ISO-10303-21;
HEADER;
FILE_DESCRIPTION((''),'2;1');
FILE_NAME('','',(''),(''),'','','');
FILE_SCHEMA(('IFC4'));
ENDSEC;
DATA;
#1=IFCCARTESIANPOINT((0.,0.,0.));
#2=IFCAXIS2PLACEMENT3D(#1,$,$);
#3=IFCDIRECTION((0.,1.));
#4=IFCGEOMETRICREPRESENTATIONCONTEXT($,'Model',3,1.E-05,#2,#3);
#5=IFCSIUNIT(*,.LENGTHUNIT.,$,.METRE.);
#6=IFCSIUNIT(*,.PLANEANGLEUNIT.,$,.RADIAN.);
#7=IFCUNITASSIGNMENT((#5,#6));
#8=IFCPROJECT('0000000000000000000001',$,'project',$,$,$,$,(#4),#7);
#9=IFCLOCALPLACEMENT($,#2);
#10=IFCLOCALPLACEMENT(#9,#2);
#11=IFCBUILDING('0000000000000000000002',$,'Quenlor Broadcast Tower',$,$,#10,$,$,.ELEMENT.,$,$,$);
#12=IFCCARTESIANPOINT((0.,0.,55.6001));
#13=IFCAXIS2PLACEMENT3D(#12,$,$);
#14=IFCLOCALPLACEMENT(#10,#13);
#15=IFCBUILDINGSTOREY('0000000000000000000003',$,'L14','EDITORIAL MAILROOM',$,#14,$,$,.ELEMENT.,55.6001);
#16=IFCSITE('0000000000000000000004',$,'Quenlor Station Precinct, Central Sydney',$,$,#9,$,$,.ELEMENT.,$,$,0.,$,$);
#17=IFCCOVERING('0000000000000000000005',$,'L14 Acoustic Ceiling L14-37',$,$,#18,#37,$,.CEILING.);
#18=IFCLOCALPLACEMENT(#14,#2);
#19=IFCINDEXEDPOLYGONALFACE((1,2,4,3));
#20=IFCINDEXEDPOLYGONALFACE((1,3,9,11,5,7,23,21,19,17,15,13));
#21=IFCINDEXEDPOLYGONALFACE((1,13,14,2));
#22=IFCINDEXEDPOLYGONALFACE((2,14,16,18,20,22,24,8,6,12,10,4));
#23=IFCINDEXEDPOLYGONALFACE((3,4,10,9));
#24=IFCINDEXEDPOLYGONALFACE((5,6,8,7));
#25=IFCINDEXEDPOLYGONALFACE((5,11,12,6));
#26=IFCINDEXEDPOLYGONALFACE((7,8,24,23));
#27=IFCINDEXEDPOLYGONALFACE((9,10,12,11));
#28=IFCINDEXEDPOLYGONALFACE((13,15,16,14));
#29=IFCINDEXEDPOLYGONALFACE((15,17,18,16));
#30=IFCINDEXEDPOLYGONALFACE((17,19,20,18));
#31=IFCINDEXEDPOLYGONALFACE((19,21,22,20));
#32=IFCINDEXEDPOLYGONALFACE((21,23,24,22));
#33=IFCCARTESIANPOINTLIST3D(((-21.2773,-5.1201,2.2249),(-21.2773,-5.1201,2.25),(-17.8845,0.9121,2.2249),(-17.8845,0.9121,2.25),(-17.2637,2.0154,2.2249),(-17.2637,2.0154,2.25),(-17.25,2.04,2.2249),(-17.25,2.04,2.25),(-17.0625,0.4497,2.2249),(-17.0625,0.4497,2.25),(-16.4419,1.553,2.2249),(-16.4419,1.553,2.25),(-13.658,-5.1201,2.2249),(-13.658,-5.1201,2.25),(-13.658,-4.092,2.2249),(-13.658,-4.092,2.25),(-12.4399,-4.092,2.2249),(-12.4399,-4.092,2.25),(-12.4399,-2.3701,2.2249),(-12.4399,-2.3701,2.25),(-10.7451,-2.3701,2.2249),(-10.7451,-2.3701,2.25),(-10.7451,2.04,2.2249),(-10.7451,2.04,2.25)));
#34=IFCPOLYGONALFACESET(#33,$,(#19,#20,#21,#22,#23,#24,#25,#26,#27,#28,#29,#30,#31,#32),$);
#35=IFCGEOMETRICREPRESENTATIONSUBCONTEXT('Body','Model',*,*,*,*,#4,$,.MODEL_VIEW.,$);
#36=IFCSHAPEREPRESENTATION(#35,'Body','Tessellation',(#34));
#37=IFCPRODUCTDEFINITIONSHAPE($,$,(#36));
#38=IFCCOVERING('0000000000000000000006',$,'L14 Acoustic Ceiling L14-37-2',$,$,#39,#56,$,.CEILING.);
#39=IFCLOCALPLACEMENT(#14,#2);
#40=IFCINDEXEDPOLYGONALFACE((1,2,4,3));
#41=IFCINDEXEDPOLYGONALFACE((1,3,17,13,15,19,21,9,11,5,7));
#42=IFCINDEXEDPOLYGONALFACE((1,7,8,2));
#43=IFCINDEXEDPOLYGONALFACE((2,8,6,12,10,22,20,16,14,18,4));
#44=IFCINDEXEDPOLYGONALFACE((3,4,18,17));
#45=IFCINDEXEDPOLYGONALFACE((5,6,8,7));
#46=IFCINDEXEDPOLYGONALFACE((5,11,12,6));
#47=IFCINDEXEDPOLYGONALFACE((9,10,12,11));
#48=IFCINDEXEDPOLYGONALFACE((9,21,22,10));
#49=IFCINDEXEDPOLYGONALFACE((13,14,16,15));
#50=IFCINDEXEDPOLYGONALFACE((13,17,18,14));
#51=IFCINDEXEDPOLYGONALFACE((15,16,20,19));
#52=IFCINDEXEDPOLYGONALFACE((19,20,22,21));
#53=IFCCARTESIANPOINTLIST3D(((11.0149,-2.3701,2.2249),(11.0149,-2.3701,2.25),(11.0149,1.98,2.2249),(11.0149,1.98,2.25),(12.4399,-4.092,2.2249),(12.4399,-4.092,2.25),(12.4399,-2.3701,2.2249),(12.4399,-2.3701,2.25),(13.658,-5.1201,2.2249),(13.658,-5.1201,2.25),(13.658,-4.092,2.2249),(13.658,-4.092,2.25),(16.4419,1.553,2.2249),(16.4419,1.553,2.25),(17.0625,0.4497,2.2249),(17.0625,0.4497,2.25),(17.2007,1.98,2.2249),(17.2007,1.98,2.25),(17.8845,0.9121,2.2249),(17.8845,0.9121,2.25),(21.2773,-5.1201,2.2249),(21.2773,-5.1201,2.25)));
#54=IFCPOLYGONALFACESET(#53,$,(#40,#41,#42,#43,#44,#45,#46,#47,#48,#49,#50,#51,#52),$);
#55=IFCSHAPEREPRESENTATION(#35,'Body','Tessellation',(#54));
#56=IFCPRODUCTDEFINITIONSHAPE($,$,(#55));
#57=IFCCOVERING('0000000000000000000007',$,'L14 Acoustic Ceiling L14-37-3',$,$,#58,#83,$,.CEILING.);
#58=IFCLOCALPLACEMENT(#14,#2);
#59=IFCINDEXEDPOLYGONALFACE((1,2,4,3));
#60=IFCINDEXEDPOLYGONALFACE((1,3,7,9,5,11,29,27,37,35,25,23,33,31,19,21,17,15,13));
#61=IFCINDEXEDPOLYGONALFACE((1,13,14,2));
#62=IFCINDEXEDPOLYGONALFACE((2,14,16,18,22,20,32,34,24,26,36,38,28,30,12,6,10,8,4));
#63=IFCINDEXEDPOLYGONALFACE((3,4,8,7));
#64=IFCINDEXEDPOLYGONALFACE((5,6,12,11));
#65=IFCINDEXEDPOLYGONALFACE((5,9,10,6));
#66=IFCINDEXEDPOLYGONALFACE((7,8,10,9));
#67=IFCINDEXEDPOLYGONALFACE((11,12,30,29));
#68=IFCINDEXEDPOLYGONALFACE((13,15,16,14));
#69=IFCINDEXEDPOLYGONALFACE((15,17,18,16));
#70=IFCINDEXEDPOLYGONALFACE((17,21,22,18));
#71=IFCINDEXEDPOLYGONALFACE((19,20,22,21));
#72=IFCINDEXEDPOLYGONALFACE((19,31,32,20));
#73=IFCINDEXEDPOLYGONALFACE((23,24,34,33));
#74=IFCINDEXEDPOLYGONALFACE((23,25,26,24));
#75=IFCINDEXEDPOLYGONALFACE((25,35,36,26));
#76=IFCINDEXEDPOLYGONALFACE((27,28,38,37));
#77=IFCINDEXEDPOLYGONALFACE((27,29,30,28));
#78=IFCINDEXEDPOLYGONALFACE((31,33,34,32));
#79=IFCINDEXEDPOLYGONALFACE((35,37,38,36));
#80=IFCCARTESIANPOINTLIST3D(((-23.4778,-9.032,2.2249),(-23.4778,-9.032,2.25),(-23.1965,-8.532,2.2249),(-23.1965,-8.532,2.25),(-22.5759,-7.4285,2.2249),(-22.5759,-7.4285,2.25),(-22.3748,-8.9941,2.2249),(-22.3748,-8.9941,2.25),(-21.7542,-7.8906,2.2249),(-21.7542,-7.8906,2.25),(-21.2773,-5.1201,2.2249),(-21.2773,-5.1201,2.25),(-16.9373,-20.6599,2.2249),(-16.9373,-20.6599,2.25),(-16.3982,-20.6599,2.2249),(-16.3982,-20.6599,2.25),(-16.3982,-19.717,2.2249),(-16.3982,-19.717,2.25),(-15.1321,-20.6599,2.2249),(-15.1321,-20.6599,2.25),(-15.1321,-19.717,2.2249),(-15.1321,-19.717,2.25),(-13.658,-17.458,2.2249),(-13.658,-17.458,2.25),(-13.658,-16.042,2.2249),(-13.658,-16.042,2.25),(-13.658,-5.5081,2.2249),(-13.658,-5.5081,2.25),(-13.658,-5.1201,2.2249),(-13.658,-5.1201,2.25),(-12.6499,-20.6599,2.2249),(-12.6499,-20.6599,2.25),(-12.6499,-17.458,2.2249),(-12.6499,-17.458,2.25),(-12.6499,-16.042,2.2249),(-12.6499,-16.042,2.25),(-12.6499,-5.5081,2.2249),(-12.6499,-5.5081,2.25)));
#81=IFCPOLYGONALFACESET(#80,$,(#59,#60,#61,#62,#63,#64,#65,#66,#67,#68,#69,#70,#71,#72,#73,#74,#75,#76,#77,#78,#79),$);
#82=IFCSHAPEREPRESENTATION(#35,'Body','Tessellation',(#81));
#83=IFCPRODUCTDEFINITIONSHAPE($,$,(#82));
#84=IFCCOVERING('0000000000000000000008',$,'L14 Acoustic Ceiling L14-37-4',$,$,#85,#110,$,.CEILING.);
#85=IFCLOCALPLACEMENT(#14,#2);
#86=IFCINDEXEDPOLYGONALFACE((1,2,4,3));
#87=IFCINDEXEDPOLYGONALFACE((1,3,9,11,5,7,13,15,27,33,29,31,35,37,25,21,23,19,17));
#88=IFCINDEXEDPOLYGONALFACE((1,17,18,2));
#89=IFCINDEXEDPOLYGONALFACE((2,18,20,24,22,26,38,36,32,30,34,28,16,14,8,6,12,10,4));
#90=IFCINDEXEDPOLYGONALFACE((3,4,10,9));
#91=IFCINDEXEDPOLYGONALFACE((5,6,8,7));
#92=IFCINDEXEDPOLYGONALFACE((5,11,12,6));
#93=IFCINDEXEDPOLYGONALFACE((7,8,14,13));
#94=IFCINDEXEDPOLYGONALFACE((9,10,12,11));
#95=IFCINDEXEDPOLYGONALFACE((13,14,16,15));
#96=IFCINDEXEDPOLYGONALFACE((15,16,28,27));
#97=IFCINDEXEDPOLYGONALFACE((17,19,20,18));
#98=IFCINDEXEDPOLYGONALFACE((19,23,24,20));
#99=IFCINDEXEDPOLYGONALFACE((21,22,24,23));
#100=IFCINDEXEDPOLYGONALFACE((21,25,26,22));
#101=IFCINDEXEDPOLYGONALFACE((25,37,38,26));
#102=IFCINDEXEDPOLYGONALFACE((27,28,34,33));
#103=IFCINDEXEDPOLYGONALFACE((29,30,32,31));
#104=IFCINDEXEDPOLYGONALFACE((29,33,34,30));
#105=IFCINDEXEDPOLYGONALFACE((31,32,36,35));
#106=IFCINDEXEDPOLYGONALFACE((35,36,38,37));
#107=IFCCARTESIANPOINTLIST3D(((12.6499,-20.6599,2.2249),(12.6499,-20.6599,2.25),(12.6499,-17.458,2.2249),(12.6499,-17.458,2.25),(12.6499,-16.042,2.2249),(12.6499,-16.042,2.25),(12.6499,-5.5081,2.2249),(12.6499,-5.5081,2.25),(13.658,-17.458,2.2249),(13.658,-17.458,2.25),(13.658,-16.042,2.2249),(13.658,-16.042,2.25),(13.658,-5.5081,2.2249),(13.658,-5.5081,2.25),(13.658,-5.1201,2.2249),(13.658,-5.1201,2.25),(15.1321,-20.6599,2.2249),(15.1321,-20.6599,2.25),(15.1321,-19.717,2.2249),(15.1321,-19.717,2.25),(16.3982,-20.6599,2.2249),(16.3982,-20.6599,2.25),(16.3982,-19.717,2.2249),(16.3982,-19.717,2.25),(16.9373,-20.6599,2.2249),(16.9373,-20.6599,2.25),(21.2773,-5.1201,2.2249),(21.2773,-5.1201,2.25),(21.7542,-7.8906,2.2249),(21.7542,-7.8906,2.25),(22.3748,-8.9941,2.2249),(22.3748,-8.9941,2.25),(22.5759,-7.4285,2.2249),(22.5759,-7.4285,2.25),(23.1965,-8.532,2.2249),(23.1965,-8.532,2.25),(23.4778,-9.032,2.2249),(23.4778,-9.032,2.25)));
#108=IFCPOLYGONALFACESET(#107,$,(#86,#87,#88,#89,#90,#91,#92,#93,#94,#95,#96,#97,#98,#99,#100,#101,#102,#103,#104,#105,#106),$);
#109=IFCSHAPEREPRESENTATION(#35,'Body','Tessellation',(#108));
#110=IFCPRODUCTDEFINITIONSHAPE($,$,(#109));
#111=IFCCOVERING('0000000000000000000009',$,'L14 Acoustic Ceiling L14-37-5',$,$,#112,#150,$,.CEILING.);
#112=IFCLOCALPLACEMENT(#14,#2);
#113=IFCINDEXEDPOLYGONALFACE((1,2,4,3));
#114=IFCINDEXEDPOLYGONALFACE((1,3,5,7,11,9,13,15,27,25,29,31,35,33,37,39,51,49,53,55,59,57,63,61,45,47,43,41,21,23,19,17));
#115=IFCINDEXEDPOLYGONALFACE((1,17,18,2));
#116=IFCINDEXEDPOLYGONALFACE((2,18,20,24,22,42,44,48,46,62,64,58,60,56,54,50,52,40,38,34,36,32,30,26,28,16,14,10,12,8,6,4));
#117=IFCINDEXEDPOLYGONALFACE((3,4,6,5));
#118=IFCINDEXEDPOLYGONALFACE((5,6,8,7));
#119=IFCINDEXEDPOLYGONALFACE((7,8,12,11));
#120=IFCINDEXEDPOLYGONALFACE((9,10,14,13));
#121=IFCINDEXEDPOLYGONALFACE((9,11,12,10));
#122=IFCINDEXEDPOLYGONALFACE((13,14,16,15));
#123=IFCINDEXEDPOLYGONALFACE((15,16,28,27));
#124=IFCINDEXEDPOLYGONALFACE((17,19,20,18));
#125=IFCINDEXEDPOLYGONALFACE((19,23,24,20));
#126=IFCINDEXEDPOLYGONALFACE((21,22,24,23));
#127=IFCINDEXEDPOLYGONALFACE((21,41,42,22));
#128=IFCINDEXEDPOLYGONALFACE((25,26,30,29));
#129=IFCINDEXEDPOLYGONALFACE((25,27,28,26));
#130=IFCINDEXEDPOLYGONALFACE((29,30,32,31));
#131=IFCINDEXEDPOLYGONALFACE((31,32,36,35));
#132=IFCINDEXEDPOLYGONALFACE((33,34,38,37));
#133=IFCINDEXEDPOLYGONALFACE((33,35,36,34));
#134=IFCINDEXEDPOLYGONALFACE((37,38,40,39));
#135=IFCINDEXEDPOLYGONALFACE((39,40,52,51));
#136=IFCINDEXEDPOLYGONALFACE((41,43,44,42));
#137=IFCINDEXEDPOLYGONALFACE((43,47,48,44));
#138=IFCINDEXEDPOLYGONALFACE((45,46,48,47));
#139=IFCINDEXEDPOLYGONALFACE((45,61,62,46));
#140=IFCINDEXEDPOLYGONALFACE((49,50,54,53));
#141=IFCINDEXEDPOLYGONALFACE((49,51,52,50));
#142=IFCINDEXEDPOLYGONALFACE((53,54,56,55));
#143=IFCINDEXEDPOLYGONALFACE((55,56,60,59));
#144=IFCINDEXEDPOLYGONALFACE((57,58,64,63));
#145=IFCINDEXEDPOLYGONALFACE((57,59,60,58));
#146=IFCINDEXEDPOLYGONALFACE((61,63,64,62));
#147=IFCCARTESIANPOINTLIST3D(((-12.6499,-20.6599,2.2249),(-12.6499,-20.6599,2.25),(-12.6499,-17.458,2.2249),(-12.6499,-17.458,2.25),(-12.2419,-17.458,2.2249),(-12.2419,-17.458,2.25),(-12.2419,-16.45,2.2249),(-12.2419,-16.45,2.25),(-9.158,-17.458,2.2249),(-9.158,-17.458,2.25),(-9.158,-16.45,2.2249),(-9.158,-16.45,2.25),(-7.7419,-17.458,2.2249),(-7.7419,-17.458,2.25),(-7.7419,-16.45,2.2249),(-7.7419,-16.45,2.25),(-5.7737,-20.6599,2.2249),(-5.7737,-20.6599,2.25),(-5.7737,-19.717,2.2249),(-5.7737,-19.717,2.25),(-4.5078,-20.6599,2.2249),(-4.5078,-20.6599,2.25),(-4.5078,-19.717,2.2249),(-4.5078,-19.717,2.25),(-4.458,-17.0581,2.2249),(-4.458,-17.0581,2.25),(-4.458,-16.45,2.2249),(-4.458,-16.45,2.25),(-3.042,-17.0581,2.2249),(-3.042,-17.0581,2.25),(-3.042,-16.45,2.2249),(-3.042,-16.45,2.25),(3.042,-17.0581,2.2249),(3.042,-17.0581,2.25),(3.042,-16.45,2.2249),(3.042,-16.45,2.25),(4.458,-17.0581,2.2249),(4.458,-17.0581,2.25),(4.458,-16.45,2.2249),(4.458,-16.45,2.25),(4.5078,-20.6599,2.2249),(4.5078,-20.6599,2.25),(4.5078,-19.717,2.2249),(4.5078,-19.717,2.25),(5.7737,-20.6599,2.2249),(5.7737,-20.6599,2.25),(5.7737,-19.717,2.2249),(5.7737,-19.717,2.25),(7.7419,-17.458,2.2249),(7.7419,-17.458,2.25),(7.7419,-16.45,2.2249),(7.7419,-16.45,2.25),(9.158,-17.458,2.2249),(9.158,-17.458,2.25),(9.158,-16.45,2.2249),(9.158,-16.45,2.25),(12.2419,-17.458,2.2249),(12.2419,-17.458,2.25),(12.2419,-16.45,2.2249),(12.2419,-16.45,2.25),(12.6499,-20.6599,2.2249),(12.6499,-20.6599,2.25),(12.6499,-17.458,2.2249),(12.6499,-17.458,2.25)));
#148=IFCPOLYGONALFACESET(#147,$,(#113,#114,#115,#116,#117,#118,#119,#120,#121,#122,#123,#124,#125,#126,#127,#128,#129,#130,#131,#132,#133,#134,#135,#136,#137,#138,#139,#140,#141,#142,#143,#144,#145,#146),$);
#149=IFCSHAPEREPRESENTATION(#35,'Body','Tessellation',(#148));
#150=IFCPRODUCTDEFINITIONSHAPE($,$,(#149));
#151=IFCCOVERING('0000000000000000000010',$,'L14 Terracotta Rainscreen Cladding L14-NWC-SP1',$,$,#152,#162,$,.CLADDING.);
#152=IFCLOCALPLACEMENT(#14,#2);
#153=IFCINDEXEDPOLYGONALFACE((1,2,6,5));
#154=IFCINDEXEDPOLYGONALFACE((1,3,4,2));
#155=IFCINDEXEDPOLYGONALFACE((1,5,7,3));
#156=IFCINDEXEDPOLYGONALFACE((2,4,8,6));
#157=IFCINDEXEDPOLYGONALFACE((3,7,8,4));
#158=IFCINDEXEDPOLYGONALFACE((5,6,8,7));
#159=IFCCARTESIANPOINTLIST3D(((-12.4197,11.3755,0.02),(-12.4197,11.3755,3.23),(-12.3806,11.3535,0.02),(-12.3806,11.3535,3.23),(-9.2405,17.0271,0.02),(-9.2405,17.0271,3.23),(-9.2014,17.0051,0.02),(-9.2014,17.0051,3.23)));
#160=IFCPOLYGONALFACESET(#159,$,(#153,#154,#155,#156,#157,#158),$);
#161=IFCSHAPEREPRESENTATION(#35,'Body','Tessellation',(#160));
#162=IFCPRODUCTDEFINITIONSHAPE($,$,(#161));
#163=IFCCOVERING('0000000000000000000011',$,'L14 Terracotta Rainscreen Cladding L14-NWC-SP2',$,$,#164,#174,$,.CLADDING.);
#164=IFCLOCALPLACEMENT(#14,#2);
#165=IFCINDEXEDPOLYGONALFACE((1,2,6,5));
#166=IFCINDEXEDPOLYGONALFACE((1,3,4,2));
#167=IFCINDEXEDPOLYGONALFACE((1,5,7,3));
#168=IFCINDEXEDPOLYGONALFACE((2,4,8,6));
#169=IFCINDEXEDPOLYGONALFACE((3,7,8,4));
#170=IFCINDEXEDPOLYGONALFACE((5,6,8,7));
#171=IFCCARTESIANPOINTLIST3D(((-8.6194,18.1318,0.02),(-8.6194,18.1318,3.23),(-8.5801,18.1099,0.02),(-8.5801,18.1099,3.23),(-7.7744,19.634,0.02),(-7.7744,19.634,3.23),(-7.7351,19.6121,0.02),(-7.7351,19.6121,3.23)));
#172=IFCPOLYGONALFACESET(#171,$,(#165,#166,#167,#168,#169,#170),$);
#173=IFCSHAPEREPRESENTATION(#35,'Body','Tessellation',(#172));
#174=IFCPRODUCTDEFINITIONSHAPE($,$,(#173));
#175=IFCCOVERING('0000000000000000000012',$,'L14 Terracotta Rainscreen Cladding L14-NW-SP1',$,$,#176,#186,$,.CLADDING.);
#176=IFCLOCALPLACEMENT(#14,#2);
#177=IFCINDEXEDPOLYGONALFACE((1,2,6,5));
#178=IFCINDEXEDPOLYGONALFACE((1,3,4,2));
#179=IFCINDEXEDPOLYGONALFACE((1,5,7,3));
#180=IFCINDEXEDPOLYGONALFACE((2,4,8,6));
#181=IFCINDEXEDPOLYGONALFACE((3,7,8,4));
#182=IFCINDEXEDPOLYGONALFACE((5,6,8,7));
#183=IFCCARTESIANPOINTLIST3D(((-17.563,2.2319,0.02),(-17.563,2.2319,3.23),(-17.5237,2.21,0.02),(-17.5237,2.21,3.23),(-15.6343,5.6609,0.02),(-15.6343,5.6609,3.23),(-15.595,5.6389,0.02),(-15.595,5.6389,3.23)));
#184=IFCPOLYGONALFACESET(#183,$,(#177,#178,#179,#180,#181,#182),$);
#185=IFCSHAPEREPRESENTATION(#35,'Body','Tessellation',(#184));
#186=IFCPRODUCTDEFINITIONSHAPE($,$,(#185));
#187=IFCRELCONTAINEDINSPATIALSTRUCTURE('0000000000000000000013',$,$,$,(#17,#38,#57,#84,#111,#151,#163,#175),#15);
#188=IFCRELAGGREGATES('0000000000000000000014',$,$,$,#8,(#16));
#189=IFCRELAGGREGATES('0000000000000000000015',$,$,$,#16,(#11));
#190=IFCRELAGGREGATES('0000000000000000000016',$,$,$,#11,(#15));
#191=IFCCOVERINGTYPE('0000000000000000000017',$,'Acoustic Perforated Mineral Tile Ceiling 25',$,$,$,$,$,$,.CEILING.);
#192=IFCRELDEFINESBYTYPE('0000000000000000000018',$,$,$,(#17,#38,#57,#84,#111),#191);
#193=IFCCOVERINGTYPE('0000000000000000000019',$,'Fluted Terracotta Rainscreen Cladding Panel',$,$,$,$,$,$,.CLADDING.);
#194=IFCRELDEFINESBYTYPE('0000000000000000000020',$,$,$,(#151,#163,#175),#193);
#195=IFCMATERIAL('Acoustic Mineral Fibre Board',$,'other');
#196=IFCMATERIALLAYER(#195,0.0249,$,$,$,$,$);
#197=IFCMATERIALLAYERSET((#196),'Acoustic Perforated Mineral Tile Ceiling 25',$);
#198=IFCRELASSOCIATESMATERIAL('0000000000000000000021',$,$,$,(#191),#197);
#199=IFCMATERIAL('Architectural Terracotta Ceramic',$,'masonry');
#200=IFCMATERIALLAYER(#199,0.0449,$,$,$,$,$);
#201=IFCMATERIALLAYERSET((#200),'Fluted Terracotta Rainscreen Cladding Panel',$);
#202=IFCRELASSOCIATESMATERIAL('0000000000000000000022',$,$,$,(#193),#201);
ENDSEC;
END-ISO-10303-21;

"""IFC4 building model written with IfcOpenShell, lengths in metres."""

from ifc_helpers import new_model, si_unit, direction, frame, origin, place, context, subcontext, project, spatial, polyline, outline, extrude, material, layer, layer_set, type_object, element, save


model = new_model("IFC4")

# Units and contexts
model_context = context("Model", 3, precision=1e-05, world=origin(), true_north=direction((0.0, 1.0)))
body_context = subcontext(model_context, "Body", "Model", "MODEL_VIEW")
ifc_project = project(units=[si_unit("LENGTHUNIT", "METRE"), si_unit("PLANEANGLEUNIT", "RADIAN")], contexts=[model_context])

# Site, building, storey
site_placement = place(None, origin())
site = spatial("IfcSite", under=ifc_project, at=site_placement, Name="Quenlor Station Precinct, Central Sydney", CompositionType="ELEMENT", RefElevation=0.0)
building_placement = place(site_placement, origin())
building = spatial("IfcBuilding", under=site, at=building_placement, Name="Quenlor Broadcast Tower", CompositionType="ELEMENT")
storey_placement = place(building_placement, frame((0.0, 0.0, 55.6001)))
storey = spatial("IfcBuildingStorey", under=building, at=storey_placement, Name="L14", Description="EDITORIAL MAILROOM", CompositionType="ELEMENT", Elevation=55.6001)

# Coverings
ifc_material_1 = material(Name="Acoustic Mineral Fibre Board", Category="other")
ifc_layer_1 = layer(ifc_material_1, 0.0249)
ifc_layer_set_1 = layer_set([ifc_layer_1], Name="Acoustic Perforated Mineral Tile Ceiling 25")
covering_type_1 = type_object("IfcCoveringType", Name="Acoustic Perforated Mineral Tile Ceiling 25", PredefinedType="CEILING", material=ifc_layer_set_1)
covering_1_placement = place(storey_placement, frame((0.0, 0.0, 2.2249)))
element("IfcCovering", 1, at=covering_1_placement, inside=storey, type_object=covering_type_1, Name="L14 Acoustic Ceiling L14-37", PredefinedType="CEILING", context=body_context, shape_type="SweptSolid", body=[
    extrude(outline(polyline([(-17.8845, 0.9121), (-17.0625, 0.4497), (-16.4419, 1.553), (-17.2637, 2.0154), (-17.25, 2.04), (-10.7451, 2.04), (-10.7451, -2.3701), (-12.4399, -2.3701), (-12.4399, -4.092), (-13.658, -4.092), (-13.658, -5.1201), (-21.2773, -5.1201), (-17.8845, 0.9121)])), origin(), (0.0, 0.0, 1.0), 0.0251),
])
covering_2_placement = place(storey_placement, frame((0.0, 0.0, 2.2249)))
element("IfcCovering", 2, at=covering_2_placement, inside=storey, type_object=covering_type_1, Name="L14 Acoustic Ceiling L14-37-2", PredefinedType="CEILING", context=body_context, shape_type="SweptSolid", body=[
    extrude(outline(polyline([(13.658, -4.092), (12.4399, -4.092), (12.4399, -2.3701), (11.0149, -2.3701), (11.0149, 1.98), (17.2007, 1.98), (16.4419, 1.553), (17.0625, 0.4497), (17.8845, 0.9121), (21.2773, -5.1201), (13.658, -5.1201), (13.658, -4.092)])), origin(), (0.0, 0.0, 1.0), 0.0251),
])
covering_3_placement = place(storey_placement, frame((0.0, 0.0, 2.2249)))
element("IfcCovering", 3, at=covering_3_placement, inside=storey, type_object=covering_type_1, Name="L14 Acoustic Ceiling L14-37-3", PredefinedType="CEILING", context=body_context, shape_type="SweptSolid", body=[
    extrude(outline(polyline([(-21.7542, -7.8906), (-22.5759, -7.4285), (-21.2773, -5.1201), (-13.658, -5.1201), (-13.658, -5.5081), (-12.6499, -5.5081), (-12.6499, -16.042), (-13.658, -16.042), (-13.658, -17.458), (-12.6499, -17.458), (-12.6499, -20.6599), (-15.1321, -20.6599), (-15.1321, -19.717), (-16.3982, -19.717), (-16.3982, -20.6599), (-16.9373, -20.6599), (-23.4778, -9.032), (-23.1965, -8.532), (-22.3748, -8.9941), (-21.7542, -7.8906)])), origin(), (0.0, 0.0, 1.0), 0.0251),
])
covering_4_placement = place(storey_placement, frame((0.0, 0.0, 2.2249)))
element("IfcCovering", 4, at=covering_4_placement, inside=storey, type_object=covering_type_1, Name="L14 Acoustic Ceiling L14-37-4", PredefinedType="CEILING", context=body_context, shape_type="SweptSolid", body=[
    extrude(outline(polyline([(13.658, -17.458), (13.658, -16.042), (12.6499, -16.042), (12.6499, -5.5081), (13.658, -5.5081), (13.658, -5.1201), (21.2773, -5.1201), (22.5759, -7.4285), (21.7542, -7.8906), (22.3748, -8.9941), (23.1965, -8.532), (23.4778, -9.032), (16.9373, -20.6599), (16.3982, -20.6599), (16.3982, -19.717), (15.1321, -19.717), (15.1321, -20.6599), (12.6499, -20.6599), (12.6499, -17.458), (13.658, -17.458)])), origin(), (0.0, 0.0, 1.0), 0.0251),
])
covering_5_placement = place(storey_placement, frame((0.0, 0.0, 2.2249)))
element("IfcCovering", 5, at=covering_5_placement, inside=storey, type_object=covering_type_1, Name="L14 Acoustic Ceiling L14-37-5", PredefinedType="CEILING", context=body_context, shape_type="SweptSolid", body=[
    extrude(outline(polyline([(-12.2419, -17.458), (-12.2419, -16.45), (-9.158, -16.45), (-9.158, -17.458), (-7.7419, -17.458), (-7.7419, -16.45), (-4.458, -16.45), (-4.458, -17.0581), (-3.042, -17.0581), (-3.042, -16.45), (3.042, -16.45), (3.042, -17.0581), (4.458, -17.0581), (4.458, -16.45), (7.7419, -16.45), (7.7419, -17.458), (9.158, -17.458), (9.158, -16.45), (12.2419, -16.45), (12.2419, -17.458), (12.6499, -17.458), (12.6499, -20.6599), (5.7737, -20.6599), (5.7737, -19.717), (4.5078, -19.717), (4.5078, -20.6599), (-4.5078, -20.6599), (-4.5078, -19.717), (-5.7737, -19.717), (-5.7737, -20.6599), (-12.6499, -20.6599), (-12.6499, -17.458), (-12.2419, -17.458)])), origin(), (0.0, 0.0, 1.0), 0.0251),
])
ifc_material_2 = material(Name="Architectural Terracotta Ceramic", Category="masonry")
ifc_layer_2 = layer(ifc_material_2, 0.0449)
ifc_layer_set_2 = layer_set([ifc_layer_2], Name="Fluted Terracotta Rainscreen Cladding Panel")
covering_type_2 = type_object("IfcCoveringType", Name="Fluted Terracotta Rainscreen Cladding Panel", PredefinedType="CLADDING", material=ifc_layer_set_2)
covering_6_placement = place(storey_placement, frame((0.0, 0.0, 0.02)))
element("IfcCovering", 6, at=covering_6_placement, inside=storey, type_object=covering_type_2, Name="L14 Terracotta Rainscreen Cladding L14-NWC-SP1", PredefinedType="CLADDING", context=body_context, shape_type="SweptSolid", body=[
    extrude(outline(polyline([(-12.3806, 11.3535), (-9.2014, 17.0051), (-9.2405, 17.0271), (-12.4197, 11.3755), (-12.3806, 11.3535)])), origin(), (0.0, 0.0, 1.0), 3.21),
])
covering_7_placement = place(storey_placement, frame((0.0, 0.0, 0.02)))
element("IfcCovering", 7, at=covering_7_placement, inside=storey, type_object=covering_type_2, Name="L14 Terracotta Rainscreen Cladding L14-NWC-SP2", PredefinedType="CLADDING", context=body_context, shape_type="SweptSolid", body=[
    extrude(outline(polyline([(-8.5801, 18.1099), (-7.7351, 19.6121), (-7.7744, 19.634), (-8.6194, 18.1318), (-8.5801, 18.1099)])), origin(), (0.0, 0.0, 1.0), 3.21),
])
covering_8_placement = place(storey_placement, frame((0.0, 0.0, 0.02)))
element("IfcCovering", 8, at=covering_8_placement, inside=storey, type_object=covering_type_2, Name="L14 Terracotta Rainscreen Cladding L14-NW-SP1", PredefinedType="CLADDING", context=body_context, shape_type="SweptSolid", body=[
    extrude(outline(polyline([(-17.5237, 2.21), (-15.595, 5.6389), (-15.6343, 5.6609), (-17.563, 2.2319), (-17.5237, 2.21)])), origin(), (0.0, 0.0, 1.0), 3.21),
])

save(model, "model.ifc")
